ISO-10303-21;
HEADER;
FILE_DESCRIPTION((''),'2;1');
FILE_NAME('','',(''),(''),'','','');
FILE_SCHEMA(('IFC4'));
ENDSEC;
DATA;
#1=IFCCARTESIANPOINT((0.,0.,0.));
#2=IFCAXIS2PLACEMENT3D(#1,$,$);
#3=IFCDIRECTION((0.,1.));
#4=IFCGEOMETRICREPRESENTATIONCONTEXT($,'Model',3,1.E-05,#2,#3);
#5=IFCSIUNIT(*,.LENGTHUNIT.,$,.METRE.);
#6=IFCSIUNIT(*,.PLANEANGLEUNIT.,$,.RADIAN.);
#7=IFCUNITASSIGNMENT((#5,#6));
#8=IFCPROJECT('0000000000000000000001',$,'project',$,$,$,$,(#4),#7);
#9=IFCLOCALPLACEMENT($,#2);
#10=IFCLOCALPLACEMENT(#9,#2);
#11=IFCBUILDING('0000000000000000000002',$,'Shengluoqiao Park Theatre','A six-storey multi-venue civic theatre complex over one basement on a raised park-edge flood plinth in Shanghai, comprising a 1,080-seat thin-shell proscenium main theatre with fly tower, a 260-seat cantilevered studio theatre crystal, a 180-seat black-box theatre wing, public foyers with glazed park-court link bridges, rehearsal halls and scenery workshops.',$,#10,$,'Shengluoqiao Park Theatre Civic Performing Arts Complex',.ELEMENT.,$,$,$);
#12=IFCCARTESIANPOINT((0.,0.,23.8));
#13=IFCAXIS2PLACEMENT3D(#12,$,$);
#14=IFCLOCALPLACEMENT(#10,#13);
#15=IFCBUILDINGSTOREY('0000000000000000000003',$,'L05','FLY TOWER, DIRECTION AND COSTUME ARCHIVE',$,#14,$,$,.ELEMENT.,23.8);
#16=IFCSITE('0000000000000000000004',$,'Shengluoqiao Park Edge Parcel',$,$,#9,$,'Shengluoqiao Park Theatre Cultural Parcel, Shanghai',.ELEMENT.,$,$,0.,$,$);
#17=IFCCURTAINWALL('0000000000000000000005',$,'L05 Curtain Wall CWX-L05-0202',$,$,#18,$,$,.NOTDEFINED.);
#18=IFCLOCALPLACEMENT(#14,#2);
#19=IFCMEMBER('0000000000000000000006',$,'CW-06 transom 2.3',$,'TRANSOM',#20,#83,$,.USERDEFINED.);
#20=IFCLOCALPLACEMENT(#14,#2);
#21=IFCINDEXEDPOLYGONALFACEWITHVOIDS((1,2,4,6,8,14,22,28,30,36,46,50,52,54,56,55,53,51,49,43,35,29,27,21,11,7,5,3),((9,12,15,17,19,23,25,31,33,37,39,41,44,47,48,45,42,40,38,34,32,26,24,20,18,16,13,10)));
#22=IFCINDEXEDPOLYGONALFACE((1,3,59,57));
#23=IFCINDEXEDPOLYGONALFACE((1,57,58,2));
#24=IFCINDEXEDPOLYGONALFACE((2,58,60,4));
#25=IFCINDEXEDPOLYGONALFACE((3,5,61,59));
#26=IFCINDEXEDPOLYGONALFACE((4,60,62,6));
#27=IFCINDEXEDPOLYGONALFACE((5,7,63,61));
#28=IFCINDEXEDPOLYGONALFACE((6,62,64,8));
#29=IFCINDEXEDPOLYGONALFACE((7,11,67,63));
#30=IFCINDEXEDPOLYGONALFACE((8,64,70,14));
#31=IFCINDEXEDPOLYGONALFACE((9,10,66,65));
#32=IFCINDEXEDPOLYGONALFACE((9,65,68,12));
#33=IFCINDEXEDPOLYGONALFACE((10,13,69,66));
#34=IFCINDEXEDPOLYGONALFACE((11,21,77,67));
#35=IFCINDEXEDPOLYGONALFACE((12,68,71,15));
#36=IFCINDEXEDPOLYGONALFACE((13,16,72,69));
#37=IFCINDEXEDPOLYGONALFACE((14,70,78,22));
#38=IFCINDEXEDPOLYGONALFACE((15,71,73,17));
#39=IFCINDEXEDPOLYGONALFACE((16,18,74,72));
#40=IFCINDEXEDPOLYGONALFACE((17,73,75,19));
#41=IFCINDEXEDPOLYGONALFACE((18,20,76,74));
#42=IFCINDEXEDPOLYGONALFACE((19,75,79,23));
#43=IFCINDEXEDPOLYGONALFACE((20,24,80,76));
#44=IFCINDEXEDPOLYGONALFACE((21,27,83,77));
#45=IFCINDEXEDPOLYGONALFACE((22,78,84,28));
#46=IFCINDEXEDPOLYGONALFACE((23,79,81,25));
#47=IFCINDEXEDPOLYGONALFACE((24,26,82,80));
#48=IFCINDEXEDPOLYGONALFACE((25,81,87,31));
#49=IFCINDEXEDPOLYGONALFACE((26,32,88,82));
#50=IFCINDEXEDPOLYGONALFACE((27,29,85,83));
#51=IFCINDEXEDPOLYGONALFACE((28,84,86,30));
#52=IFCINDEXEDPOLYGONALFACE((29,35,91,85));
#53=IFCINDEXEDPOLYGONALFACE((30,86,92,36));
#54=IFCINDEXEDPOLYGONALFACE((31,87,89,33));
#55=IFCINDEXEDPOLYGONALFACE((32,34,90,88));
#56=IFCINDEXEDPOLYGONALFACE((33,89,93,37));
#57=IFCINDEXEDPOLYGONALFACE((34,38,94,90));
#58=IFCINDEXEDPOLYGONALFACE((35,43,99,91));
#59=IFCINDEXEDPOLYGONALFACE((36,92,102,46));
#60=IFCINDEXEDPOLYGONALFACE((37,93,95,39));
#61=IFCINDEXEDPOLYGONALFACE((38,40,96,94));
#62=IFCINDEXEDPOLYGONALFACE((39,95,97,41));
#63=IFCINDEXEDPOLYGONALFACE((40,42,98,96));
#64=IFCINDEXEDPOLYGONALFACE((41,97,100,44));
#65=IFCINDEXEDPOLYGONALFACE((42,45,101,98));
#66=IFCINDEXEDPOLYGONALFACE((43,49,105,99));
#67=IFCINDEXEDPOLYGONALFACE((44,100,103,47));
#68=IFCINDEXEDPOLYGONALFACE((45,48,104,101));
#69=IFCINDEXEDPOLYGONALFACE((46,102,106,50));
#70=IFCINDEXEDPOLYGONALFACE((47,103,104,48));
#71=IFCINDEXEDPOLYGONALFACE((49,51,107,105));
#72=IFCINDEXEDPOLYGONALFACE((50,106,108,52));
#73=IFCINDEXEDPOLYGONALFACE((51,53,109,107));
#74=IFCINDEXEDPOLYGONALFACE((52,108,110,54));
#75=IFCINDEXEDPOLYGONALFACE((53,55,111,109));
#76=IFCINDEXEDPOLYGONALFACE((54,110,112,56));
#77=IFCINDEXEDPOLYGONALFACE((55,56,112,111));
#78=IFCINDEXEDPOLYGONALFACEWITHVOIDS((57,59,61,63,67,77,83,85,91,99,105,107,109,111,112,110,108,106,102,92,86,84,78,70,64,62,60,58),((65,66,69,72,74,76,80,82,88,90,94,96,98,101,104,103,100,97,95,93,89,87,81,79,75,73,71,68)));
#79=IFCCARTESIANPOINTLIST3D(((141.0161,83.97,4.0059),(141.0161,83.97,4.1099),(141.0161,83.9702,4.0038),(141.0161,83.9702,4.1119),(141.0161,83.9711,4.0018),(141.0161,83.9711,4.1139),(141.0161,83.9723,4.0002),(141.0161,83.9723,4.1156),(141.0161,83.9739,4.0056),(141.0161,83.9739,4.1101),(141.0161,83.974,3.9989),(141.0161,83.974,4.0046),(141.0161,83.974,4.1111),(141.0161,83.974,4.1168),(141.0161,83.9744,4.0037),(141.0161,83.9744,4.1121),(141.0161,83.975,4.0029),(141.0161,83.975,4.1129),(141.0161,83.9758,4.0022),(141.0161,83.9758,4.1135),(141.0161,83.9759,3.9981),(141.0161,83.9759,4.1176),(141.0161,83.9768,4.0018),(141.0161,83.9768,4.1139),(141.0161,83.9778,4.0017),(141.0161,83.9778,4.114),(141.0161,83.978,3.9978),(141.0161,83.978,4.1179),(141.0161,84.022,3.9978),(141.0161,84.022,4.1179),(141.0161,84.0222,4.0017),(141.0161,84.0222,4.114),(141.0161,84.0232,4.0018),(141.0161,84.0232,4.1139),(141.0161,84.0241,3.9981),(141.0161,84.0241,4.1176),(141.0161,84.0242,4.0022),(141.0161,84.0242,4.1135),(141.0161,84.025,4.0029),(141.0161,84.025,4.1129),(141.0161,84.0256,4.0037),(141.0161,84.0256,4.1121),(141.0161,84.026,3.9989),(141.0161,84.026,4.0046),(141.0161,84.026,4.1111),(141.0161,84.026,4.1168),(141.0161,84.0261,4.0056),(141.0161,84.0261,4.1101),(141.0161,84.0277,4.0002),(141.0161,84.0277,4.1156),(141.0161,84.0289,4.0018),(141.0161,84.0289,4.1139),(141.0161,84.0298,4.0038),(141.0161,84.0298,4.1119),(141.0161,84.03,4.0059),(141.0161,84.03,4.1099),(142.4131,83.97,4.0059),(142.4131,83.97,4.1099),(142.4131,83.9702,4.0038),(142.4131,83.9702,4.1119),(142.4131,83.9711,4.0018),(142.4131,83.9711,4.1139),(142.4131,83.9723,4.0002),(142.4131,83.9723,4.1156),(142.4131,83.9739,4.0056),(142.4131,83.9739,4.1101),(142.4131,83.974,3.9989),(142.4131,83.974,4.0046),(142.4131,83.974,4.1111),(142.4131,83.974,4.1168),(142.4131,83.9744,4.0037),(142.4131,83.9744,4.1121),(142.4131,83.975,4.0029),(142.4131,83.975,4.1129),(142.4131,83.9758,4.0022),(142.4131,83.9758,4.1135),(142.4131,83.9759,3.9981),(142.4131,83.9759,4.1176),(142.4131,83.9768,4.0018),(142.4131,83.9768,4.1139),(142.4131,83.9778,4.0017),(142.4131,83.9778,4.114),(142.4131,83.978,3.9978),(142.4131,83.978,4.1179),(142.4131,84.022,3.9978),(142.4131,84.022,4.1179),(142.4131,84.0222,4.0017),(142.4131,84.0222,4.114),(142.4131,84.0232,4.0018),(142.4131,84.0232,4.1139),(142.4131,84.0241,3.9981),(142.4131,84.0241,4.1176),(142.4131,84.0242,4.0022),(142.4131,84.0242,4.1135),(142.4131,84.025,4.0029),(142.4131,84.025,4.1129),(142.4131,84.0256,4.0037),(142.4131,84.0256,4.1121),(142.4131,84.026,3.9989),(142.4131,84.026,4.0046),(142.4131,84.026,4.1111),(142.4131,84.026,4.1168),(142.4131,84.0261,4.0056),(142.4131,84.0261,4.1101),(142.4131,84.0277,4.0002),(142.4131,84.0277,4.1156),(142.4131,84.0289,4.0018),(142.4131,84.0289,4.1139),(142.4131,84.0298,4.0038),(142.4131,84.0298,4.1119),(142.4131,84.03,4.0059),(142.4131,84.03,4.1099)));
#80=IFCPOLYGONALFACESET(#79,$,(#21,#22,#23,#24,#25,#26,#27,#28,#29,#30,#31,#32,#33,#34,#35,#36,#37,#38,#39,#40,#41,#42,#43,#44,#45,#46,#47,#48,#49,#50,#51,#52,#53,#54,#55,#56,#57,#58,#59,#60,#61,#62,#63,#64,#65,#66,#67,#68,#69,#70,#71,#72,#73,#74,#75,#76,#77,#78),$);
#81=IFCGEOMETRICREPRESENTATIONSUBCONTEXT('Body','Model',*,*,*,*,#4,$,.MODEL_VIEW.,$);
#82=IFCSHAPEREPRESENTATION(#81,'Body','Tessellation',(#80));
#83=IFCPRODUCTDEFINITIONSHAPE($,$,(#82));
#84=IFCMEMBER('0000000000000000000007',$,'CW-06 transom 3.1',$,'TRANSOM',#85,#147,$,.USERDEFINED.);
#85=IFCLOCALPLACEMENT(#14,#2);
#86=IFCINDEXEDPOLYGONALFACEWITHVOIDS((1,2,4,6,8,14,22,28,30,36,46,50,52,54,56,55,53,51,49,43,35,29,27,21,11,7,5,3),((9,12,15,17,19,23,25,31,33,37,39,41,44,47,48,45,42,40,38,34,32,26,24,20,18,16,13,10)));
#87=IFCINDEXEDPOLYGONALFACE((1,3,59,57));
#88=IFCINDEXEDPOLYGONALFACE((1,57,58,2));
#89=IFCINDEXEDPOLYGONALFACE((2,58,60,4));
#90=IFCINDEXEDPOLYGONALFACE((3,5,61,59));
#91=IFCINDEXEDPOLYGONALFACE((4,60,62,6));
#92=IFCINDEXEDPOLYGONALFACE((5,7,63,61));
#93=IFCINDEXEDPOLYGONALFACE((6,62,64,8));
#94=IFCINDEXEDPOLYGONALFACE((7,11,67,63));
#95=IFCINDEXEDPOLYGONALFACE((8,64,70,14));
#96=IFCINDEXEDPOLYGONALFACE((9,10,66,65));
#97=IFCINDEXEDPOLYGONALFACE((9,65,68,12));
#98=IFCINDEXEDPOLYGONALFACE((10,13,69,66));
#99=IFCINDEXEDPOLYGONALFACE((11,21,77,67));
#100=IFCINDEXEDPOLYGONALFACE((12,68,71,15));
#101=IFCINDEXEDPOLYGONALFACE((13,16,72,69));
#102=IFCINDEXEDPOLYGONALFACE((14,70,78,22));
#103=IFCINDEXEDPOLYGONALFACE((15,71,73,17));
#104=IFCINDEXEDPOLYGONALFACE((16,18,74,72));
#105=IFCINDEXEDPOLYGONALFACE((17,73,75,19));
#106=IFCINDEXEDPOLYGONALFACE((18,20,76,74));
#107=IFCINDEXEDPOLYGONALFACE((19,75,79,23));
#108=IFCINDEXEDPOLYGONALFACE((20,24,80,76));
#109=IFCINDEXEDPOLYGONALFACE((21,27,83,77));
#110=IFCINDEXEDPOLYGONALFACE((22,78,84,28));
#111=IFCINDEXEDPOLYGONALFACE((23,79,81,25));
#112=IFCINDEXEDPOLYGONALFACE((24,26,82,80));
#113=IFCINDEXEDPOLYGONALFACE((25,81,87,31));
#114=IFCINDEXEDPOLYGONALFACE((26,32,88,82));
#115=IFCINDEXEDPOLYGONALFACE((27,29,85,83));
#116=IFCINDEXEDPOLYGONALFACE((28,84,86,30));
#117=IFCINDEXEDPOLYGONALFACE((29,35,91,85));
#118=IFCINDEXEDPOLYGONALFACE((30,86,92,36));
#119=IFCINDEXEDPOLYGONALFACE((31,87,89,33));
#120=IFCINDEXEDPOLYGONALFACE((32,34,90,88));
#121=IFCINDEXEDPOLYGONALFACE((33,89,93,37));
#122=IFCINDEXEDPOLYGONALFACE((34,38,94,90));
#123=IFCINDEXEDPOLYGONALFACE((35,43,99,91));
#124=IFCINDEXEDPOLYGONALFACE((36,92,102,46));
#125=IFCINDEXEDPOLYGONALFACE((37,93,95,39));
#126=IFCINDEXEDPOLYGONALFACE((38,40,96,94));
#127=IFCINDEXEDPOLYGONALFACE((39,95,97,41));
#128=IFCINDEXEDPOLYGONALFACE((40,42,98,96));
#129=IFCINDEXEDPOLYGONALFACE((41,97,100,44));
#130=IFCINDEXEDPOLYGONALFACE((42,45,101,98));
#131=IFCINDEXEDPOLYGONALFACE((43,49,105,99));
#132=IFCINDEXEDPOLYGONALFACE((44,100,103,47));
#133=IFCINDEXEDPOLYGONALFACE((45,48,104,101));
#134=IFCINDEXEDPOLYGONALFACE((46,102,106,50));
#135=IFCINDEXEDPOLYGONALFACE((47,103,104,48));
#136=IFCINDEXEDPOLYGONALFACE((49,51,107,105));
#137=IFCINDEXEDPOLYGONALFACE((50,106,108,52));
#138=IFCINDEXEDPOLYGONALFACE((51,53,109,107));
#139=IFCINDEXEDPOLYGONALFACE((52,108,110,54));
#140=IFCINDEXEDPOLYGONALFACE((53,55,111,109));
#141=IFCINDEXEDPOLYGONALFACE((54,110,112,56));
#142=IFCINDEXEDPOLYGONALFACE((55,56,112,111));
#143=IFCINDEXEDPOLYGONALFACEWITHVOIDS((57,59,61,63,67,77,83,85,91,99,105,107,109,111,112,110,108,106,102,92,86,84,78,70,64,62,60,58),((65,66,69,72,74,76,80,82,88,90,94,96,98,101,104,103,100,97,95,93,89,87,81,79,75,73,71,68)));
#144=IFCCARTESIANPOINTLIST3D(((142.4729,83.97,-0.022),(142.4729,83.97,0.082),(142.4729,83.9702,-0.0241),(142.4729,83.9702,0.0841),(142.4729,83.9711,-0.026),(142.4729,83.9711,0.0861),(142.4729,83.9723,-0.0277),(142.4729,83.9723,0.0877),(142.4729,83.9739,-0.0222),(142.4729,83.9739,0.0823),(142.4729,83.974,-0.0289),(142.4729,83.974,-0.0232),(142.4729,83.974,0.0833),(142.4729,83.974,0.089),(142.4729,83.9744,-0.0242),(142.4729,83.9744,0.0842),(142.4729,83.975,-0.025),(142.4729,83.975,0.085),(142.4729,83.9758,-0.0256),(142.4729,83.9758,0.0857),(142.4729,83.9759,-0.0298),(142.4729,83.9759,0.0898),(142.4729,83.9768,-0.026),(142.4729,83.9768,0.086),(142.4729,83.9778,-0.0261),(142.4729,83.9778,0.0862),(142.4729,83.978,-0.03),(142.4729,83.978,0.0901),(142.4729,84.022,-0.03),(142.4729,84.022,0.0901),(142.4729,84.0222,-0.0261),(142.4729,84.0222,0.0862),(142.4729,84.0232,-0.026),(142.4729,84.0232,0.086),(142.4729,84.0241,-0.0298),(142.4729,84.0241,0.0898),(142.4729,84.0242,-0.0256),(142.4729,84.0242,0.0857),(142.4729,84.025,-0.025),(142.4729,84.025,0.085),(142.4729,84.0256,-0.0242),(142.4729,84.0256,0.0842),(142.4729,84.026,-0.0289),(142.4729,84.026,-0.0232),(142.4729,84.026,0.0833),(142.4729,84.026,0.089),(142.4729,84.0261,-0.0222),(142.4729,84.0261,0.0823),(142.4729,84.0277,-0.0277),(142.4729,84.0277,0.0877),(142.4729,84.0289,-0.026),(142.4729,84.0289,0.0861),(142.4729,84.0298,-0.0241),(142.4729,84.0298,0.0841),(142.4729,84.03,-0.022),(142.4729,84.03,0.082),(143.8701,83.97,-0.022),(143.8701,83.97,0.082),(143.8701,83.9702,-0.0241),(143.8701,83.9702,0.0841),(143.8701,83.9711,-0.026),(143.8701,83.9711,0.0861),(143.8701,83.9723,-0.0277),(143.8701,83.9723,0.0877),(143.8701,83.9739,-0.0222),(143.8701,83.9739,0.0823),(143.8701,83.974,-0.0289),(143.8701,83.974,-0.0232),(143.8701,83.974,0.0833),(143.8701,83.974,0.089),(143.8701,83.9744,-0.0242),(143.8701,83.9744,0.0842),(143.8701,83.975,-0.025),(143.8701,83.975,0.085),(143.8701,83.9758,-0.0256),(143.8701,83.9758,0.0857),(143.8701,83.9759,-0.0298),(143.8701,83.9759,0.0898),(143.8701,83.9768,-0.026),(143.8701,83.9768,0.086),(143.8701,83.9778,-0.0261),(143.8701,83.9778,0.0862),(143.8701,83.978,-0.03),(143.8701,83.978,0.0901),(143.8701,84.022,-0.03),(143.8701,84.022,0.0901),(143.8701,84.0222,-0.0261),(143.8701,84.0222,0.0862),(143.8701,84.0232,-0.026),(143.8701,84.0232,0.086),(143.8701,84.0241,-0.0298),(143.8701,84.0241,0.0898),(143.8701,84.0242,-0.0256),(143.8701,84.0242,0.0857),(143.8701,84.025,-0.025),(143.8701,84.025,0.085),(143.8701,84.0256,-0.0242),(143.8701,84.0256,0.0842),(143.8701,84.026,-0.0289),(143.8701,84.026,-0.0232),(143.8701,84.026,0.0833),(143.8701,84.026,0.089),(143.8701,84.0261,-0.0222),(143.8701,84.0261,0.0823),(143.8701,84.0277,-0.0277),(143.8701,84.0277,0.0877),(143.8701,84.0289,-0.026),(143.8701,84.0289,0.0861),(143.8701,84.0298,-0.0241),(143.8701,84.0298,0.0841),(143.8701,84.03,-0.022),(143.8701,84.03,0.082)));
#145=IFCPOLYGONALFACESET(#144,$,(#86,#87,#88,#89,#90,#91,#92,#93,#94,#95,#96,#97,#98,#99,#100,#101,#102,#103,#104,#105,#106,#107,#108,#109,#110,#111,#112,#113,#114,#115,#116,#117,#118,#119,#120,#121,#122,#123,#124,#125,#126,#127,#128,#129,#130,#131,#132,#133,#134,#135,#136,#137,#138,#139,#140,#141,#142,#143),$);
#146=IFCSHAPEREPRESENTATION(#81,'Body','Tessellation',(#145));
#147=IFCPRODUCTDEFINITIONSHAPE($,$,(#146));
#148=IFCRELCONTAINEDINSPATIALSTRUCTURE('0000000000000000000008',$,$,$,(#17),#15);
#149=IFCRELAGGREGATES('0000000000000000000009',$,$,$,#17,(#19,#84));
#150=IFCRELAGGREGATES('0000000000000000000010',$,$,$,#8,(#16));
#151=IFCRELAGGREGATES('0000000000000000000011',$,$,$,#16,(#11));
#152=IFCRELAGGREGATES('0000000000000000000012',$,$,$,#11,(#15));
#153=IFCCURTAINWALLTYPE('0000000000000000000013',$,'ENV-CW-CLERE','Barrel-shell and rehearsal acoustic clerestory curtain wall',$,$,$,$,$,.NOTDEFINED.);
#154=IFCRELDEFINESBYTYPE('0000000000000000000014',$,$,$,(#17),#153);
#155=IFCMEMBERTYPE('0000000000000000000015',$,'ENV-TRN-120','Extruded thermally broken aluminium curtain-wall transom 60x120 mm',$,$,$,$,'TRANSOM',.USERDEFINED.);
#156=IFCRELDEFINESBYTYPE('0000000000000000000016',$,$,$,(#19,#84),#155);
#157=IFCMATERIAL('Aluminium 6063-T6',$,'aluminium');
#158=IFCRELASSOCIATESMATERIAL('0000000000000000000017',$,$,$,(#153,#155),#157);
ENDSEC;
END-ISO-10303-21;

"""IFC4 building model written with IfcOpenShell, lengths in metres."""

from ifc_helpers import new_model, si_unit, direction, frame, origin, origin_2d, place, context, subcontext, project, spatial, hollow_rectangle, extrude, material, material_profile, profile_set, type_object, element, aggregate, save


model = new_model("IFC4")

# Units and contexts
model_context = context("Model", 3, precision=1e-05, world=origin(), true_north=direction((0.0, 1.0)))
body_context = subcontext(model_context, "Body", "Model", "MODEL_VIEW")
ifc_project = project(units=[si_unit("LENGTHUNIT", "METRE"), si_unit("PLANEANGLEUNIT", "RADIAN")], contexts=[model_context])

# Site, building, storey
site_placement = place(None, origin())
site = spatial("IfcSite", under=ifc_project, at=site_placement, Name="Shengluoqiao Park Edge Parcel", LongName="Shengluoqiao Park Theatre Cultural Parcel, Shanghai", CompositionType="ELEMENT", RefElevation=0.0)
building_placement = place(site_placement, origin())
building = spatial("IfcBuilding", under=site, at=building_placement, Name="Shengluoqiao Park Theatre", Description="A six-storey multi-venue civic theatre complex over one basement on a raised park-edge flood plinth in Shanghai, comprising a 1,080-seat thin-shell proscenium main theatre with fly tower, a 260-seat cantilevered studio theatre crystal, a 180-seat black-box theatre wing, public foyers with glazed park-court link bridges, rehearsal halls and scenery workshops.", LongName="Shengluoqiao Park Theatre Civic Performing Arts Complex", CompositionType="ELEMENT")
storey_placement = place(building_placement, frame((0.0, 0.0, 23.8)))
storey = spatial("IfcBuildingStorey", under=building, at=storey_placement, Name="L05", Description="FLY TOWER, DIRECTION AND COSTUME ARCHIVE", CompositionType="ELEMENT", Elevation=23.8)

# Curtain wall, members
ifc_material_1 = material(Name="Aluminium 6063-T6", Category="aluminium")
curtain_wall_type = type_object("IfcCurtainWallType", Name="ENV-CW-CLERE", Description="Barrel-shell and rehearsal acoustic clerestory curtain wall", PredefinedType="NOTDEFINED", material=ifc_material_1)
curtain_wall_placement = place(storey_placement, origin())
curtain_wall = element("IfcCurtainWall", 1, at=curtain_wall_placement, inside=storey, type_object=curtain_wall_type, Name="L05 Curtain Wall CWX-L05-0202", PredefinedType="NOTDEFINED")
ifc_material_profile_1 = material_profile(ifc_material_1, hollow_rectangle(XDim=0.0601, YDim=0.1201, WallThickness=0.0039, InnerFilletRadius=0.0039, OuterFilletRadius=0.0081, at=origin_2d()), Name="ALU TRANSOM 120x60x4")
ifc_profile_set_1 = profile_set([ifc_material_profile_1], Name="Aluminium 6063-T6")
member_type_1 = type_object("IfcMemberType", Name="ENV-TRN-120", Description="Extruded thermally broken aluminium curtain-wall transom 60x120 mm", ElementType="TRANSOM", PredefinedType="USERDEFINED", material=ifc_profile_set_1)
member_1_placement = place(storey_placement, frame((141.0161, 84.0, 4.0579), z_axis=(1.0, 0.0, 0.0), x_axis=(0.0, 1.0, 0.0)))
member_1 = element("IfcMember", 2, at=member_1_placement, type_object=member_type_1, Name="CW-06 transom 2.3", ObjectType="TRANSOM", PredefinedType="USERDEFINED", context=body_context, shape_type="SweptSolid", body=[
    extrude(hollow_rectangle(XDim=0.0601, YDim=0.1201, WallThickness=0.0039, InnerFilletRadius=0.0039, OuterFilletRadius=0.0081, at=origin_2d()), origin(), (0.0, 0.0, 1.0), 1.397),
])
member_2_placement = place(storey_placement, frame((142.4729, 84.0, 0.03), z_axis=(1.0, 0.0, 0.0), x_axis=(0.0, 1.0, 0.0)))
member_2 = element("IfcMember", 3, at=member_2_placement, type_object=member_type_1, Name="CW-06 transom 3.1", ObjectType="TRANSOM", PredefinedType="USERDEFINED", context=body_context, shape_type="SweptSolid", body=[
    extrude(hollow_rectangle(XDim=0.0601, YDim=0.1201, WallThickness=0.0039, InnerFilletRadius=0.0039, OuterFilletRadius=0.0081, at=origin_2d()), origin(), (0.0, 0.0, 1.0), 1.3972),
])

aggregate(curtain_wall, [member_1, member_2])

save(model, "model.ifc")
